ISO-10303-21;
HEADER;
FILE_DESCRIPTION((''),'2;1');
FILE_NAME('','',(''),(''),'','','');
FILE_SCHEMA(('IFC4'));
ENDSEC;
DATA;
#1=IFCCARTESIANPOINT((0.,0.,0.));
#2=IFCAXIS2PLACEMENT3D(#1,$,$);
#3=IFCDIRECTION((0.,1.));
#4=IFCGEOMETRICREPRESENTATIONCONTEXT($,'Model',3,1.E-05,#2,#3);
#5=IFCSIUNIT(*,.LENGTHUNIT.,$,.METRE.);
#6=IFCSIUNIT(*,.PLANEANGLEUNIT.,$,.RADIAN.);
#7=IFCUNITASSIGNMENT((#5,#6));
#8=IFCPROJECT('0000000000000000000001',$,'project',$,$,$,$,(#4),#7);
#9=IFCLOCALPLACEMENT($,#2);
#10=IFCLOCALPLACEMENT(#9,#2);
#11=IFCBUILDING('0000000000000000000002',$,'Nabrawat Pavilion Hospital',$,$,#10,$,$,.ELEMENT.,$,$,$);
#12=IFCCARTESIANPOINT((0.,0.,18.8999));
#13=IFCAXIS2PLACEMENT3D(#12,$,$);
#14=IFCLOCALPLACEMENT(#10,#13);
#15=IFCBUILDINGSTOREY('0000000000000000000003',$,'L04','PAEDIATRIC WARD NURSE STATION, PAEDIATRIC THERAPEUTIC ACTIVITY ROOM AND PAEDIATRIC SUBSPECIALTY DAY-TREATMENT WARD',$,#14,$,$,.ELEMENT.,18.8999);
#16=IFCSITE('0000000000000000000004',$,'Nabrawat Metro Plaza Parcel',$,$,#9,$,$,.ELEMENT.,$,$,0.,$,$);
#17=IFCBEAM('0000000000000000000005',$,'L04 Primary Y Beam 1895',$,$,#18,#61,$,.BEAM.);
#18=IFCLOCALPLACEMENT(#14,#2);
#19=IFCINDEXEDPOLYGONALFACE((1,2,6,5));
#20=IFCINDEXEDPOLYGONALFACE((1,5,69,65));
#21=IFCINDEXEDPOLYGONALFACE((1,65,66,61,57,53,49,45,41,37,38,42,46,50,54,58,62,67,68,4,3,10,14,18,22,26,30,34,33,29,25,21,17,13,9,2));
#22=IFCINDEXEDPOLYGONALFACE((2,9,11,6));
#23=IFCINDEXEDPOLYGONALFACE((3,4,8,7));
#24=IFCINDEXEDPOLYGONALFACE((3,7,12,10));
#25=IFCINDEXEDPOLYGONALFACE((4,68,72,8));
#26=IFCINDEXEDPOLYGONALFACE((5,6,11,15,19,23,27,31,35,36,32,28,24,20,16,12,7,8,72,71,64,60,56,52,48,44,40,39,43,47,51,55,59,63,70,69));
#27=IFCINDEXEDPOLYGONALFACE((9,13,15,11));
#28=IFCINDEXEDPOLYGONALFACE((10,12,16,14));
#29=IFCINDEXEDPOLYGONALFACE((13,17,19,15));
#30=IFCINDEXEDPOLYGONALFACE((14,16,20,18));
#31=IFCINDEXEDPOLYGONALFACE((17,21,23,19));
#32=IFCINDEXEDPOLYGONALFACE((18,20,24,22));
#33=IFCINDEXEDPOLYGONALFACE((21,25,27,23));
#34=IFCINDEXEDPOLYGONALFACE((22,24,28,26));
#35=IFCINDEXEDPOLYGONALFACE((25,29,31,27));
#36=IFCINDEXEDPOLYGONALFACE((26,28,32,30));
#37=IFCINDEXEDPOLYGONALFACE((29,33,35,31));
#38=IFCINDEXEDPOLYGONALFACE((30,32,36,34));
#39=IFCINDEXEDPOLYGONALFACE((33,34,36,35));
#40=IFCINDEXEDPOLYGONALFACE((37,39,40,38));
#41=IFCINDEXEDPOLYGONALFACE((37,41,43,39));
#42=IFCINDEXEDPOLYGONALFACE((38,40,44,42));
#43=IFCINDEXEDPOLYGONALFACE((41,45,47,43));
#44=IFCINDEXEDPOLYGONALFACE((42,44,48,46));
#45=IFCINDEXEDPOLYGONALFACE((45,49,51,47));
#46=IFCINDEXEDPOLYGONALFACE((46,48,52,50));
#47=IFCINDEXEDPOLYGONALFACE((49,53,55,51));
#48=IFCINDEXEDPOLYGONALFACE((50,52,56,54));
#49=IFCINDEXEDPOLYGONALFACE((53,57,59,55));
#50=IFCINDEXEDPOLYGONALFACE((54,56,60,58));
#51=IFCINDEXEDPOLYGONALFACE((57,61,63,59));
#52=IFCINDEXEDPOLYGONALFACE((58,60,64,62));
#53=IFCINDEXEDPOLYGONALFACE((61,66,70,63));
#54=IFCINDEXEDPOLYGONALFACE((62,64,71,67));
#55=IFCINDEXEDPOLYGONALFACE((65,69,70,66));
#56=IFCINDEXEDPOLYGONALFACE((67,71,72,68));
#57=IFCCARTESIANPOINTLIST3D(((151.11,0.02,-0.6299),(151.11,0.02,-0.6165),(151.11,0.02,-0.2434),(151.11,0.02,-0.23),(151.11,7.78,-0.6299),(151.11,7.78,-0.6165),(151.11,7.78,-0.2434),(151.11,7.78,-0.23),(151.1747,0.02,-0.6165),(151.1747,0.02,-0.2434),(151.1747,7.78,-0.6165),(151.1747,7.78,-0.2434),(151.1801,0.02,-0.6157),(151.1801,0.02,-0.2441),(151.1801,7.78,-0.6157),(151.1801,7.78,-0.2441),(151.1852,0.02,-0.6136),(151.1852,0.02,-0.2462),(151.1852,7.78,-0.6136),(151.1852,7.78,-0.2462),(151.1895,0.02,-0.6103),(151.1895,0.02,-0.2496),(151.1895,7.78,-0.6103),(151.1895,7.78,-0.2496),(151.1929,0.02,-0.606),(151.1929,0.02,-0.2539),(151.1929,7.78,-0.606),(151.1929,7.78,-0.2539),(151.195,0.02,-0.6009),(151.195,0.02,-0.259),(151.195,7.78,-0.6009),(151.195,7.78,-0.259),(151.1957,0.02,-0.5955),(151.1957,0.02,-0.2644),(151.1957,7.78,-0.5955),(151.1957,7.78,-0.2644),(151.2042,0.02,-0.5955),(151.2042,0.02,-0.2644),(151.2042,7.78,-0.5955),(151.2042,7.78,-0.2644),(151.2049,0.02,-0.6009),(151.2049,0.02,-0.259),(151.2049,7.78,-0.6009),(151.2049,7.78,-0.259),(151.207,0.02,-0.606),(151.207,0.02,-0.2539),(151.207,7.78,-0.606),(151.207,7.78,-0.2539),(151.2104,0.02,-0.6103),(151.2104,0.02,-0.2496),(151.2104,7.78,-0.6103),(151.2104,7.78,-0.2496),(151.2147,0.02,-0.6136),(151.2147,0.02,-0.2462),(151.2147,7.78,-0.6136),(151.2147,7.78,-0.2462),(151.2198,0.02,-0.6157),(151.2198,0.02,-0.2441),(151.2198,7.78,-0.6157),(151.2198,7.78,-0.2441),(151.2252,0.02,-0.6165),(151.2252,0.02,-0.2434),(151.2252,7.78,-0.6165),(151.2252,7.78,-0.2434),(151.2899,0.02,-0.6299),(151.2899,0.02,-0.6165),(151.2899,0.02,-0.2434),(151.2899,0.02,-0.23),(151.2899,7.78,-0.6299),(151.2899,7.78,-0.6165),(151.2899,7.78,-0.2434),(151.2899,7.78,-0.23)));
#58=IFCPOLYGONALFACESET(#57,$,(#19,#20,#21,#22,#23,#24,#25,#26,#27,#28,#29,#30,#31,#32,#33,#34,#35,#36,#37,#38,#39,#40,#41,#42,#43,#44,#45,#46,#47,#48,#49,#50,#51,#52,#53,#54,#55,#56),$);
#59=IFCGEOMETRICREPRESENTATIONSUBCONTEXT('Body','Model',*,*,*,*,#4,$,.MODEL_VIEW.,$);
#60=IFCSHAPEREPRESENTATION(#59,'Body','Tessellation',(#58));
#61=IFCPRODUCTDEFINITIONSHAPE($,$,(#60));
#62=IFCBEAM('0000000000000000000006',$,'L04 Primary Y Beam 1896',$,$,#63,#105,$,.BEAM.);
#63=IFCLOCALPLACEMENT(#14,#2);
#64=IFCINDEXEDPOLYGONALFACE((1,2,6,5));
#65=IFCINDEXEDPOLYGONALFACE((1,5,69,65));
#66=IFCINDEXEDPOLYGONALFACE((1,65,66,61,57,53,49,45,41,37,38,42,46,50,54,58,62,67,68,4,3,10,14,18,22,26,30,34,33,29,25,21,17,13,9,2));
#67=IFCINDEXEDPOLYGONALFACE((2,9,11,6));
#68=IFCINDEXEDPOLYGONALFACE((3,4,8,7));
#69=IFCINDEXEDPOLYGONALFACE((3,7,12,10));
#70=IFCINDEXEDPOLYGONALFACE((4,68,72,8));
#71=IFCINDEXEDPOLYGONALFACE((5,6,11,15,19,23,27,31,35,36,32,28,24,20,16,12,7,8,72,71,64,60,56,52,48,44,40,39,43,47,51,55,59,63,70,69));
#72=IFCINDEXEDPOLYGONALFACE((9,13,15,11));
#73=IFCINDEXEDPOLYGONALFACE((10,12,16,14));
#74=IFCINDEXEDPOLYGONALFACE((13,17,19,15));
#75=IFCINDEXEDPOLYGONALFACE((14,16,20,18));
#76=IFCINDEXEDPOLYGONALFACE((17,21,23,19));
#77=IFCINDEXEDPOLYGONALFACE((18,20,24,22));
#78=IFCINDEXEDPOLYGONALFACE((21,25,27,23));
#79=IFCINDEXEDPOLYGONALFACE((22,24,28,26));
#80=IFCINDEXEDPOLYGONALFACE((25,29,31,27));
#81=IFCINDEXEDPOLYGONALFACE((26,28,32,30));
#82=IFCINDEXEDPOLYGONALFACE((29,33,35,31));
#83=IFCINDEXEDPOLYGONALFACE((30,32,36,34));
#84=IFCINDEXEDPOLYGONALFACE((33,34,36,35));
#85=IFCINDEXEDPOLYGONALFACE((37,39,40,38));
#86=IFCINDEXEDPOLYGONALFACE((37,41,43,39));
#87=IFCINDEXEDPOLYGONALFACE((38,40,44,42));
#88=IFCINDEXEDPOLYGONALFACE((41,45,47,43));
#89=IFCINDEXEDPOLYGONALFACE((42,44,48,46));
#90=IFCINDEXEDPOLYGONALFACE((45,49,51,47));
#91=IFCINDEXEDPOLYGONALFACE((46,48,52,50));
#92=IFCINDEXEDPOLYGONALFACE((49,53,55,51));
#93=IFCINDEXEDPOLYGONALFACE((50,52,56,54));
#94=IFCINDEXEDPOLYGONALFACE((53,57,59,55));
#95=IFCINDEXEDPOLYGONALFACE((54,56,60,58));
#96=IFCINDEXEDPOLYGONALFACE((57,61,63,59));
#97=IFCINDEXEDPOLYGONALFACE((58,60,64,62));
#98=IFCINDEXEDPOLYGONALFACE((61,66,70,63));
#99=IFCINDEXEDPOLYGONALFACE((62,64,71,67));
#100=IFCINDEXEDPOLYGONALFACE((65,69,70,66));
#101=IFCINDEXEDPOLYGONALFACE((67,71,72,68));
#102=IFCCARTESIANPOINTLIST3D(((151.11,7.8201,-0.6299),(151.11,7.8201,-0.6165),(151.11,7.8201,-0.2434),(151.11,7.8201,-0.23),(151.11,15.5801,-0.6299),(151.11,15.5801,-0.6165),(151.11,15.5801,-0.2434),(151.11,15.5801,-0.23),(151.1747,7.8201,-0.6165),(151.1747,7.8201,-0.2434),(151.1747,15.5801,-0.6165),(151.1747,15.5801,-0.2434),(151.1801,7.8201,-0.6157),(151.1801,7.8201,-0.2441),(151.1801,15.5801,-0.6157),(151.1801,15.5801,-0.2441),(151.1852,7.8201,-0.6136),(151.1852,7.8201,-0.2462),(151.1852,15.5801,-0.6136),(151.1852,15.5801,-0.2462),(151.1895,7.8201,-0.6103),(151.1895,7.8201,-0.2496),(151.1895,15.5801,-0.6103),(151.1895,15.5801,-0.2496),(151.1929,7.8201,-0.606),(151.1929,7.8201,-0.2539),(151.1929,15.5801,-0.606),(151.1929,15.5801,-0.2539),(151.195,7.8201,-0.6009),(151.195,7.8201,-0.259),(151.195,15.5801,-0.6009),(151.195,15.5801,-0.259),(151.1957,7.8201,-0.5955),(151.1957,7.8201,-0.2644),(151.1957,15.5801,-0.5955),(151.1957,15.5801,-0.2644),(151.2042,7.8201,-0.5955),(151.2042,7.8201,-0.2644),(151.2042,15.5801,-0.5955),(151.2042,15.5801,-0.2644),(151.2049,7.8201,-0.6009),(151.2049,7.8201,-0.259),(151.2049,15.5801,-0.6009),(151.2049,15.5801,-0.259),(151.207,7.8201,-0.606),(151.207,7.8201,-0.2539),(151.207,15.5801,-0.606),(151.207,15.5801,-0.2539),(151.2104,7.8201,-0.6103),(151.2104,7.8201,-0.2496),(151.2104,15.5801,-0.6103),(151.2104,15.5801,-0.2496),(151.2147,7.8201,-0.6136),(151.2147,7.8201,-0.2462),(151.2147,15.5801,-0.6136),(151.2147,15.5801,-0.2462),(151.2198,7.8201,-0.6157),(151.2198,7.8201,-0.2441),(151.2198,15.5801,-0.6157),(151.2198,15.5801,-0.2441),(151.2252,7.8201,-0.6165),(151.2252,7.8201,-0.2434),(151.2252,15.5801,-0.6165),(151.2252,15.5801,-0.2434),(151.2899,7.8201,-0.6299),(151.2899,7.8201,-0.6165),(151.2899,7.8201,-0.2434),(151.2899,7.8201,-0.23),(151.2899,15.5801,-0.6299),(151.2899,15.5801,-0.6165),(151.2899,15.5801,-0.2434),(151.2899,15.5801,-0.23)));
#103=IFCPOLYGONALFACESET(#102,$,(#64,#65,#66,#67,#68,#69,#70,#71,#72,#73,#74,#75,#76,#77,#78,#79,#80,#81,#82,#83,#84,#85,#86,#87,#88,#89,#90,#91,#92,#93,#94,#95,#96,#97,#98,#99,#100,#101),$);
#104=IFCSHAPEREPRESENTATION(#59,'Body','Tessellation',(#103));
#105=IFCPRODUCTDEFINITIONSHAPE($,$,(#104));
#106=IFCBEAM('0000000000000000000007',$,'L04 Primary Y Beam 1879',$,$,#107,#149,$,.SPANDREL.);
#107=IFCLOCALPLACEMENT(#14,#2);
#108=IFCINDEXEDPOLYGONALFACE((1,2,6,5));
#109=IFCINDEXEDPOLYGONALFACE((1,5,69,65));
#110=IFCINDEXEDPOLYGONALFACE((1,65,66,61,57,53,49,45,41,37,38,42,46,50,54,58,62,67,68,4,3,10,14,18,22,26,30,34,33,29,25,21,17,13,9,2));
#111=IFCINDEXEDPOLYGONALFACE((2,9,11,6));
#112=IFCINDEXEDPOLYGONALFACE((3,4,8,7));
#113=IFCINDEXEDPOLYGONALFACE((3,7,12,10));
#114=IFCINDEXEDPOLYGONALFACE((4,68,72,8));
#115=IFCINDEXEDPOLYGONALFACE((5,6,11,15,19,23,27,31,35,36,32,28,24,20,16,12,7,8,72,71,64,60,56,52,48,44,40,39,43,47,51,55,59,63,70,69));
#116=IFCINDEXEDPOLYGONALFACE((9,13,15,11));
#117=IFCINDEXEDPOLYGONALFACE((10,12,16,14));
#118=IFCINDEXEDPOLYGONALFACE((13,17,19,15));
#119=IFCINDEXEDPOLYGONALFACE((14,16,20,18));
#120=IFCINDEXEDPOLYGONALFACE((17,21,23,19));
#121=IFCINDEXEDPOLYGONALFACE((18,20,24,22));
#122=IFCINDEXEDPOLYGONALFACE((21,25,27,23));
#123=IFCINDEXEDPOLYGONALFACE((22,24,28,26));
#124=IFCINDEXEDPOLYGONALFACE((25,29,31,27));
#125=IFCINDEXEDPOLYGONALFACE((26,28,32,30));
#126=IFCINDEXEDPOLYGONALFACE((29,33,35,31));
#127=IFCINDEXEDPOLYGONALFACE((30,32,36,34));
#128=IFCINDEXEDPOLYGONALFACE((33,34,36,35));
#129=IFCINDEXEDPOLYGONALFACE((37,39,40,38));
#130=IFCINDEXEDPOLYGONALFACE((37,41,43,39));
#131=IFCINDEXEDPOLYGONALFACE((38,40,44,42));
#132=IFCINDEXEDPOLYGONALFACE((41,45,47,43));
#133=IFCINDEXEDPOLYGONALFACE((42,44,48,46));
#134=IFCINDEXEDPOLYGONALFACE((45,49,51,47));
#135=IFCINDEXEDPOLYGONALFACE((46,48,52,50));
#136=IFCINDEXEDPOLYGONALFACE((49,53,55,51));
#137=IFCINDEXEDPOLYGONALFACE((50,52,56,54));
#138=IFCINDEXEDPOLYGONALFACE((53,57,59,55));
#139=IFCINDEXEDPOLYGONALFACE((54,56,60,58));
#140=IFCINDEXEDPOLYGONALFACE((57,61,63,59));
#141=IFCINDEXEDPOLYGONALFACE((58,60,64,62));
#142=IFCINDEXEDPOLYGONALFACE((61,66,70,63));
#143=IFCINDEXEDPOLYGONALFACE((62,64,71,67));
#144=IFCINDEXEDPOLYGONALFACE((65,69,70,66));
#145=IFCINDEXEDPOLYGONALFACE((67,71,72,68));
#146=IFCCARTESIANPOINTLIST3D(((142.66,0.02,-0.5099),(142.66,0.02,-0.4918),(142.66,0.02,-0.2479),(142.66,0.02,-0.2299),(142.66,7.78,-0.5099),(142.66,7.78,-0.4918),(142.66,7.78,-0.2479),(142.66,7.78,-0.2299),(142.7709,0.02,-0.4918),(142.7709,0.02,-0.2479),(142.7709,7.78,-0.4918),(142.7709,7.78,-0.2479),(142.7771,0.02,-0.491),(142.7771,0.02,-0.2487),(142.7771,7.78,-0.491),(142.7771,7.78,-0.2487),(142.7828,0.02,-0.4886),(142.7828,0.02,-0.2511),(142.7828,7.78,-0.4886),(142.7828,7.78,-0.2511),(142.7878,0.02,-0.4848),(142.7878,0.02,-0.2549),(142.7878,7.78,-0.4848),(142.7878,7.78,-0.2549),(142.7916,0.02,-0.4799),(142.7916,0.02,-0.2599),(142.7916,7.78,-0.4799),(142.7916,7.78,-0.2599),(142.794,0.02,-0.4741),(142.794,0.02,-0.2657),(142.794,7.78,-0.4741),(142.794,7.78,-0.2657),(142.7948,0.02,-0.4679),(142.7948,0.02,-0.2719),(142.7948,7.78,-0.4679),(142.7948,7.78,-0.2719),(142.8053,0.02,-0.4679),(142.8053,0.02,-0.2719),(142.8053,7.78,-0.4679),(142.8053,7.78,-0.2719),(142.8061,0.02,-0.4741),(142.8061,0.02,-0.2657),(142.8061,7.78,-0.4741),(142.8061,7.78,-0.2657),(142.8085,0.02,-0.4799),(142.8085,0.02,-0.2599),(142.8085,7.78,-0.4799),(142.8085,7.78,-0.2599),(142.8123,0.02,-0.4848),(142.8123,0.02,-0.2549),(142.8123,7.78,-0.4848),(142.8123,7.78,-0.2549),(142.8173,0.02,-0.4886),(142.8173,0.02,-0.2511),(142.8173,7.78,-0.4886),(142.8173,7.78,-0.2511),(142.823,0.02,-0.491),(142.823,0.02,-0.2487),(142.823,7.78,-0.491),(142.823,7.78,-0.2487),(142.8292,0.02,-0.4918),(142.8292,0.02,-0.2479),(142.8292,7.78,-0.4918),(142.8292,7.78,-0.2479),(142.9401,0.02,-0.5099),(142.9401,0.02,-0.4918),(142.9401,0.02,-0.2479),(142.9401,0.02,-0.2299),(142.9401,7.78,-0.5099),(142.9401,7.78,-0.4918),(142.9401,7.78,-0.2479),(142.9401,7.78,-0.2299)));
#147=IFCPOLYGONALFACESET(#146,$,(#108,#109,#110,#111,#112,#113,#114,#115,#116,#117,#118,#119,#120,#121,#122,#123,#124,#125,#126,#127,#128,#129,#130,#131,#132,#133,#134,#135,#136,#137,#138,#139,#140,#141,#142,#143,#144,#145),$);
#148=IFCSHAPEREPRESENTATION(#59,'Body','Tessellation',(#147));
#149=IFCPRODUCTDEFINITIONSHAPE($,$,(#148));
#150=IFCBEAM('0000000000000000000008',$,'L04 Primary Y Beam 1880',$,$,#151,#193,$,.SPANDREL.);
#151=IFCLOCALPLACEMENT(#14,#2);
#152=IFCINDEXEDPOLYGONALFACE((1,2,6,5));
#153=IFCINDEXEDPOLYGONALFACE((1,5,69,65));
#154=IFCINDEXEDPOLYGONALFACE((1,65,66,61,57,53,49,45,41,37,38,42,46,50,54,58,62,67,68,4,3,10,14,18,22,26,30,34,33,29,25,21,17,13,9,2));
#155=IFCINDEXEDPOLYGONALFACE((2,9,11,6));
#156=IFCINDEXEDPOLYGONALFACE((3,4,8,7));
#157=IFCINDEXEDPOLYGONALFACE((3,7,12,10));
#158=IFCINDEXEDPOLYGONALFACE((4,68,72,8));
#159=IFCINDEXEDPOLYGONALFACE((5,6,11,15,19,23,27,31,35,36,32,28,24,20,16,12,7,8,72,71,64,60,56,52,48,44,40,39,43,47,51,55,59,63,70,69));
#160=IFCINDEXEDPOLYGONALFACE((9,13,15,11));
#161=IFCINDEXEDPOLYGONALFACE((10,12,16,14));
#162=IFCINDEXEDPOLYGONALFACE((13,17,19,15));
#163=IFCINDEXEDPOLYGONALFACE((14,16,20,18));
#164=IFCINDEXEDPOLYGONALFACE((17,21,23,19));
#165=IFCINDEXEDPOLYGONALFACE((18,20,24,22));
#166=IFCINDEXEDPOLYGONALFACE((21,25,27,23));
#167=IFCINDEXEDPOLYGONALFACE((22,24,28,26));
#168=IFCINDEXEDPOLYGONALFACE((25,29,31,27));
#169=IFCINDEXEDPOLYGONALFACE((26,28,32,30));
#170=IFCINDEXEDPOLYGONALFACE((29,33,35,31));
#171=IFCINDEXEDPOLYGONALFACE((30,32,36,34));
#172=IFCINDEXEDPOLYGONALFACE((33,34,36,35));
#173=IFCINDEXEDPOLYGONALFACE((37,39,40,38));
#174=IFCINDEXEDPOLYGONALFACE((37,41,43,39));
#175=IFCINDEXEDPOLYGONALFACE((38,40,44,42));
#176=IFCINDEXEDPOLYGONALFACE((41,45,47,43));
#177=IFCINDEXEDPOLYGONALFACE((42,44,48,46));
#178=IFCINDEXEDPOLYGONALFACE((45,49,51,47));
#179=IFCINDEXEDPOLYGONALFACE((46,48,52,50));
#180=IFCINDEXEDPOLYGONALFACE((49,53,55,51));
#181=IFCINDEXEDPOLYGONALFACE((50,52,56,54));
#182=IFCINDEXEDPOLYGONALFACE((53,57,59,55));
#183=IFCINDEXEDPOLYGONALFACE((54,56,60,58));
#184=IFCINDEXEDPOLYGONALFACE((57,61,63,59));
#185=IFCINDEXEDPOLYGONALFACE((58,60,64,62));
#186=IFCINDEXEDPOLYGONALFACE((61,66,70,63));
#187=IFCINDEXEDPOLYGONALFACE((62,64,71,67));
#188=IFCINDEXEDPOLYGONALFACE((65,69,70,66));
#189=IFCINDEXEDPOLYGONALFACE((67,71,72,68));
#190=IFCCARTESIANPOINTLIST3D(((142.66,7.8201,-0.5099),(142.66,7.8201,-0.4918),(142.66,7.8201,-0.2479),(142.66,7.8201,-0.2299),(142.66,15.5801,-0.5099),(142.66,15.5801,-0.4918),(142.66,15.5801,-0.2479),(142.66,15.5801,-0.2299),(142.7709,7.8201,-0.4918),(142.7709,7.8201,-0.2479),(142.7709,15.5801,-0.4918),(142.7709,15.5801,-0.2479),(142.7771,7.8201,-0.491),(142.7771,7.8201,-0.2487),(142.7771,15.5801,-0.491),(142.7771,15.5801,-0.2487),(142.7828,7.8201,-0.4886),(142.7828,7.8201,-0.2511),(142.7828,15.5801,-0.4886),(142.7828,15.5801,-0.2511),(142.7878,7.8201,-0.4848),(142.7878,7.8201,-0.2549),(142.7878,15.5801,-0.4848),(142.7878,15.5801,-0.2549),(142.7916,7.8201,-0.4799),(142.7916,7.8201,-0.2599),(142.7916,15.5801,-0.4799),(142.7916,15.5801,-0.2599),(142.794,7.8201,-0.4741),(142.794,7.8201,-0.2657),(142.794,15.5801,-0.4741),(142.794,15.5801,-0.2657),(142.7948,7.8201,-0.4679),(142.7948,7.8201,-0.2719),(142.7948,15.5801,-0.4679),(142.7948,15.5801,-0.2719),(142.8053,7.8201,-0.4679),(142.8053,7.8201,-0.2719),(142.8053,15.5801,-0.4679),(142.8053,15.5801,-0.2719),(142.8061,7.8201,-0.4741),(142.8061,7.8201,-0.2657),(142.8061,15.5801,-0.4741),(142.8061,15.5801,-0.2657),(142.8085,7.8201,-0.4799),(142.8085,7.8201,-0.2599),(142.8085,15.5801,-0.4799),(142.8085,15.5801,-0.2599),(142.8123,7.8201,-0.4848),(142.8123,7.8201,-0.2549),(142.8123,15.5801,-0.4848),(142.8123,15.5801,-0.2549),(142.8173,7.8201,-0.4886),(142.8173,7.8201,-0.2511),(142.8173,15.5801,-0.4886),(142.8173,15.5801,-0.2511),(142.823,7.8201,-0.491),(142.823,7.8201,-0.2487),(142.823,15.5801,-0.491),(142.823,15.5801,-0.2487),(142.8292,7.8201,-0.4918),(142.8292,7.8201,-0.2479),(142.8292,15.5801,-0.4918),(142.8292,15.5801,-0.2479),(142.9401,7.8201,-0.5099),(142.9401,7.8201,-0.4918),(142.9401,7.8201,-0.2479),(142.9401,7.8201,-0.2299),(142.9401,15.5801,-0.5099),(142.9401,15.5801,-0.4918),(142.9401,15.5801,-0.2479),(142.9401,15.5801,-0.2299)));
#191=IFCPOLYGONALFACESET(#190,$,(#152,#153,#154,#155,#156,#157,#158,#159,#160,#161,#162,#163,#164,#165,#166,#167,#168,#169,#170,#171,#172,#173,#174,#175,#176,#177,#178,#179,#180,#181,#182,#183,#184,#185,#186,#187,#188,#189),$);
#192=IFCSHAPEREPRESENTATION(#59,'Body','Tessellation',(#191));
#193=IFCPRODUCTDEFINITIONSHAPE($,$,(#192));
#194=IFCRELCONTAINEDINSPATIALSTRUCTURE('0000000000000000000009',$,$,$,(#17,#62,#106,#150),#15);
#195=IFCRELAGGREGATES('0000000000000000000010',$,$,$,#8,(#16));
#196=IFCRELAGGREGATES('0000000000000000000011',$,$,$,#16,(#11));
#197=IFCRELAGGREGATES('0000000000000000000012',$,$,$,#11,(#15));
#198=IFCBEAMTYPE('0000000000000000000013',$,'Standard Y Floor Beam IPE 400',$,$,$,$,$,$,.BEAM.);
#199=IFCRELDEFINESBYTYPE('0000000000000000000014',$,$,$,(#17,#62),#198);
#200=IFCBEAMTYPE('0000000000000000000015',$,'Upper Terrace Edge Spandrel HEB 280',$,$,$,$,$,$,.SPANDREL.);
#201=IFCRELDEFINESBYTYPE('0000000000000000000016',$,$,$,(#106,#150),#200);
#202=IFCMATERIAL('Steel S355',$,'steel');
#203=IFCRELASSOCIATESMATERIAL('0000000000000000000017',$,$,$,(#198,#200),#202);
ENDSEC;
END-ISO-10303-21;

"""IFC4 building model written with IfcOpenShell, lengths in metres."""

from ifc_helpers import new_model, si_unit, direction, frame, origin, origin_2d, place, context, subcontext, project, spatial, i_section, extrude, material, material_profile, profile_set, type_object, element, save


model = new_model("IFC4")

# Units and contexts
model_context = context("Model", 3, precision=1e-05, world=origin(), true_north=direction((0.0, 1.0)))
body_context = subcontext(model_context, "Body", "Model", "MODEL_VIEW")
ifc_project = project(units=[si_unit("LENGTHUNIT", "METRE"), si_unit("PLANEANGLEUNIT", "RADIAN")], contexts=[model_context])

# Site, building, storey
site_placement = place(None, origin())
site = spatial("IfcSite", under=ifc_project, at=site_placement, Name="Nabrawat Metro Plaza Parcel", CompositionType="ELEMENT", RefElevation=0.0)
building_placement = place(site_placement, origin())
building = spatial("IfcBuilding", under=site, at=building_placement, Name="Nabrawat Pavilion Hospital", CompositionType="ELEMENT")
storey_placement = place(building_placement, frame((0.0, 0.0, 18.8999)))
storey = spatial("IfcBuildingStorey", under=building, at=storey_placement, Name="L04", Description="PAEDIATRIC WARD NURSE STATION, PAEDIATRIC THERAPEUTIC ACTIVITY ROOM AND PAEDIATRIC SUBSPECIALTY DAY-TREATMENT WARD", CompositionType="ELEMENT", Elevation=18.8999)

# Beams
ifc_material_1 = material(Name="Steel S355", Category="steel")
ifc_material_profile_1 = material_profile(ifc_material_1, i_section(OverallWidth=0.1799, OverallDepth=0.3999, WebThickness=0.0085, FlangeThickness=0.0134, FilletRadius=0.021, at=origin_2d()), Name="IPE 400")
ifc_profile_set_1 = profile_set([ifc_material_profile_1], Name="Steel S355")
beam_type_1 = type_object("IfcBeamType", Name="Standard Y Floor Beam IPE 400", PredefinedType="BEAM", material=ifc_profile_set_1)
for number, where, z_axis, x_axis, name in (
    (1, (151.2, 0.02, -0.4299), (0.0, 1.0, 0.0), (-1.0, 0.0, 0.0), "L04 Primary Y Beam 1895"),
    (2, (151.2, 7.8201, -0.4299), (0.0, 1.0, 0.0), (-1.0, 0.0, 0.0), "L04 Primary Y Beam 1896"),
):
    element("IfcBeam", number, at=place(storey_placement, frame(where, z_axis=z_axis, x_axis=x_axis)), inside=storey, type_object=beam_type_1, Name=name, PredefinedType="BEAM", context=body_context, shape_type="SweptSolid", body=[
        extrude(i_section(OverallWidth=0.1799, OverallDepth=0.3999, WebThickness=0.0085, FlangeThickness=0.0134, FilletRadius=0.021, at=origin_2d()), origin(), (0.0, 0.0, 1.0), 7.76),
    ])
ifc_material_profile_2 = material_profile(ifc_material_1, i_section(OverallWidth=0.28, OverallDepth=0.28, WebThickness=0.0105, FlangeThickness=0.0181, FilletRadius=0.0239, at=origin_2d()), Name="HEB 280")
ifc_profile_set_2 = profile_set([ifc_material_profile_2], Name="Steel S355")
beam_type_2 = type_object("IfcBeamType", Name="Upper Terrace Edge Spandrel HEB 280", PredefinedType="SPANDREL", material=ifc_profile_set_2)
for number, where, z_axis, x_axis, name in (
    (3, (142.8, 0.02, -0.3699), (0.0, 1.0, 0.0), (-1.0, 0.0, 0.0), "L04 Primary Y Beam 1879"),
    (4, (142.8, 7.8201, -0.3699), (0.0, 1.0, 0.0), (-1.0, 0.0, 0.0), "L04 Primary Y Beam 1880"),
):
    element("IfcBeam", number, at=place(storey_placement, frame(where, z_axis=z_axis, x_axis=x_axis)), inside=storey, type_object=beam_type_2, Name=name, PredefinedType="SPANDREL", context=body_context, shape_type="SweptSolid", body=[
        extrude(i_section(OverallWidth=0.28, OverallDepth=0.28, WebThickness=0.0105, FlangeThickness=0.0181, FilletRadius=0.0239, at=origin_2d()), origin(), (0.0, 0.0, 1.0), 7.76),
    ])

save(model, "model.ifc")
